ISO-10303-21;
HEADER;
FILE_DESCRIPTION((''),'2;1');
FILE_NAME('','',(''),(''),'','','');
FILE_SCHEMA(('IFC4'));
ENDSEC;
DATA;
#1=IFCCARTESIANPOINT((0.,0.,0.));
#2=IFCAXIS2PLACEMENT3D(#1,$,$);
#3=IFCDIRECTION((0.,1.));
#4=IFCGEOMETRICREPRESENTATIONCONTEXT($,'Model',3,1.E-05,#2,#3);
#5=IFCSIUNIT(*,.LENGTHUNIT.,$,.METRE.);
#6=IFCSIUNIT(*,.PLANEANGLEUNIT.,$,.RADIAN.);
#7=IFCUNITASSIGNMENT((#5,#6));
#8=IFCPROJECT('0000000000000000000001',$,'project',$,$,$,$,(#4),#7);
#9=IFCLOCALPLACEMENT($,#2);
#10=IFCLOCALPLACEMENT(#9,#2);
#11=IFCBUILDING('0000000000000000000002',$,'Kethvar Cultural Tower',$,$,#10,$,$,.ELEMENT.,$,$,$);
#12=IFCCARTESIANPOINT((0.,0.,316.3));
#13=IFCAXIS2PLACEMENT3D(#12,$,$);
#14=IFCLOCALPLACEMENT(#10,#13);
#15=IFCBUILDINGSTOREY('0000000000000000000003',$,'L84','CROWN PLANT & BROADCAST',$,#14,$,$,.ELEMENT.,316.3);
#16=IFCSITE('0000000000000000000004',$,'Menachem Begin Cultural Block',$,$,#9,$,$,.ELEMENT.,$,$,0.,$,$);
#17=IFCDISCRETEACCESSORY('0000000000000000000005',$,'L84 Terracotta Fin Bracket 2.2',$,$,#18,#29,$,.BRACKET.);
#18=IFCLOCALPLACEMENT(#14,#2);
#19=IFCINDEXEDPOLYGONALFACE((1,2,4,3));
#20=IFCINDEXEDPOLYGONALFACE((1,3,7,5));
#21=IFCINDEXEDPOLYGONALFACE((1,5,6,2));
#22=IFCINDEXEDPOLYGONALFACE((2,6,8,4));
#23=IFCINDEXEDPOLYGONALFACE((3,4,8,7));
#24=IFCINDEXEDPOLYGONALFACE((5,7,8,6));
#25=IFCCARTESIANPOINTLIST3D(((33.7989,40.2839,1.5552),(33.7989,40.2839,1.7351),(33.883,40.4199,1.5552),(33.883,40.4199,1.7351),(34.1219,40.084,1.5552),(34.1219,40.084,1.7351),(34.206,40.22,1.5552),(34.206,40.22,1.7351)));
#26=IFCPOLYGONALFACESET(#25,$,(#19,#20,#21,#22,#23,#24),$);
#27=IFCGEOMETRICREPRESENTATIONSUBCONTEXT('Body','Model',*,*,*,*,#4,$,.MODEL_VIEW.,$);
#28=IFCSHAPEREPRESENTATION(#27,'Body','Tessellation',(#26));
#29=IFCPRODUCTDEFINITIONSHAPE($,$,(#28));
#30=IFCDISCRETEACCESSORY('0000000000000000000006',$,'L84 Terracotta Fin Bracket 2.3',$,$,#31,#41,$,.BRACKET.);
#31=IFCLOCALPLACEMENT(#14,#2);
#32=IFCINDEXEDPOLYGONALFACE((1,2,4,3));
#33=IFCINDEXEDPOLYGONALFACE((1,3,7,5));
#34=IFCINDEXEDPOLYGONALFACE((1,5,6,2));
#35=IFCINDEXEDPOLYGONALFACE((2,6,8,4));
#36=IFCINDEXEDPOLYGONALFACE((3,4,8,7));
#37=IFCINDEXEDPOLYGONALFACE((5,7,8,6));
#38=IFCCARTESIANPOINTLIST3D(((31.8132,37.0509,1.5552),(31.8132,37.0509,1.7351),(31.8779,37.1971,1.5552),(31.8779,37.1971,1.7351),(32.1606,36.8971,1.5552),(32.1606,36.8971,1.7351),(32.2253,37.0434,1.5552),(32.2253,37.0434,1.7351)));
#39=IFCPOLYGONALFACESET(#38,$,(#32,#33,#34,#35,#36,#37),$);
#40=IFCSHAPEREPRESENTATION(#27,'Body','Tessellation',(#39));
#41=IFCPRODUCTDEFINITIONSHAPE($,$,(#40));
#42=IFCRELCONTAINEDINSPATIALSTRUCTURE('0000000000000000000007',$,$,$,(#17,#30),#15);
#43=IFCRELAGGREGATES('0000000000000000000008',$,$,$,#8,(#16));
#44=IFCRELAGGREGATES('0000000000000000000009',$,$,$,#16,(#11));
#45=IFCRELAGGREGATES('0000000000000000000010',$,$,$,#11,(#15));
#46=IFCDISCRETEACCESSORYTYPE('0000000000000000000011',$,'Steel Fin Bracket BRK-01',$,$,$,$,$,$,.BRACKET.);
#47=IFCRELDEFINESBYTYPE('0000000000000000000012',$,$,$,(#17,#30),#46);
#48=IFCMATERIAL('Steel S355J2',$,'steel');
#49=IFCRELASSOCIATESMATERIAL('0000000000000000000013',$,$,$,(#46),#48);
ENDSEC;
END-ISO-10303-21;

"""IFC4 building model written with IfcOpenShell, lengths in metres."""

from ifc_helpers import new_model, si_unit, direction, frame, origin, origin_2d, place, context, subcontext, project, spatial, rectangle, extrude, source, transform, mapped, material, type_object, element, save


model = new_model("IFC4")

# Units and contexts
model_context = context("Model", 3, precision=1e-05, world=origin(), true_north=direction((0.0, 1.0)))
body_context = subcontext(model_context, "Body", "Model", "MODEL_VIEW")
ifc_project = project(units=[si_unit("LENGTHUNIT", "METRE"), si_unit("PLANEANGLEUNIT", "RADIAN")], contexts=[model_context])

# Site, building, storey
site_placement = place(None, origin())
site = spatial("IfcSite", under=ifc_project, at=site_placement, Name="Menachem Begin Cultural Block", CompositionType="ELEMENT", RefElevation=0.0)
building_placement = place(site_placement, origin())
building = spatial("IfcBuilding", under=site, at=building_placement, Name="Kethvar Cultural Tower", CompositionType="ELEMENT")
storey_placement = place(building_placement, frame((0.0, 0.0, 316.3)))
storey = spatial("IfcBuildingStorey", under=building, at=storey_placement, Name="L84", Description="CROWN PLANT & BROADCAST", CompositionType="ELEMENT", Elevation=316.3)

# Shared definitions
ifc_material_1 = material(Name="Steel S355J2", Category="steel")

# Discrete accessories
discrete_accessory_type = type_object("IfcDiscreteAccessoryType", Name="Steel Fin Bracket BRK-01", PredefinedType="BRACKET", material=ifc_material_1)
shared_shape_1 = source(origin(), body_context, "Body", "SweptSolid", [
    extrude(rectangle(XDim=0.3799, YDim=0.1599, at=origin_2d()), origin(), (0.0, 0.0, 1.0), 0.1799),
])
for number, where, z_axis, x_axis, name in (
    (1, (34.0024, 40.252, 1.5552), (0.0, 0.0, 1.0), (-0.850352, 0.526214, 0.0), "L84 Terracotta Fin Bracket 2.2"),
    (2, (32.0193, 37.0471, 1.5552), (0.0, 0.0, 1.0), (-0.914466, 0.404663, 0.0), "L84 Terracotta Fin Bracket 2.3"),
):
    element("IfcDiscreteAccessory", number, at=place(storey_placement, frame(where, z_axis=z_axis, x_axis=x_axis)), inside=storey, type_object=discrete_accessory_type, Name=name, PredefinedType="BRACKET", context=body_context, shape_type="MappedRepresentation", body=[
        mapped(shared_shape_1, transform((0.0, 0.0, 0.0), scale=1.0)),
    ])

save(model, "model.ifc")
